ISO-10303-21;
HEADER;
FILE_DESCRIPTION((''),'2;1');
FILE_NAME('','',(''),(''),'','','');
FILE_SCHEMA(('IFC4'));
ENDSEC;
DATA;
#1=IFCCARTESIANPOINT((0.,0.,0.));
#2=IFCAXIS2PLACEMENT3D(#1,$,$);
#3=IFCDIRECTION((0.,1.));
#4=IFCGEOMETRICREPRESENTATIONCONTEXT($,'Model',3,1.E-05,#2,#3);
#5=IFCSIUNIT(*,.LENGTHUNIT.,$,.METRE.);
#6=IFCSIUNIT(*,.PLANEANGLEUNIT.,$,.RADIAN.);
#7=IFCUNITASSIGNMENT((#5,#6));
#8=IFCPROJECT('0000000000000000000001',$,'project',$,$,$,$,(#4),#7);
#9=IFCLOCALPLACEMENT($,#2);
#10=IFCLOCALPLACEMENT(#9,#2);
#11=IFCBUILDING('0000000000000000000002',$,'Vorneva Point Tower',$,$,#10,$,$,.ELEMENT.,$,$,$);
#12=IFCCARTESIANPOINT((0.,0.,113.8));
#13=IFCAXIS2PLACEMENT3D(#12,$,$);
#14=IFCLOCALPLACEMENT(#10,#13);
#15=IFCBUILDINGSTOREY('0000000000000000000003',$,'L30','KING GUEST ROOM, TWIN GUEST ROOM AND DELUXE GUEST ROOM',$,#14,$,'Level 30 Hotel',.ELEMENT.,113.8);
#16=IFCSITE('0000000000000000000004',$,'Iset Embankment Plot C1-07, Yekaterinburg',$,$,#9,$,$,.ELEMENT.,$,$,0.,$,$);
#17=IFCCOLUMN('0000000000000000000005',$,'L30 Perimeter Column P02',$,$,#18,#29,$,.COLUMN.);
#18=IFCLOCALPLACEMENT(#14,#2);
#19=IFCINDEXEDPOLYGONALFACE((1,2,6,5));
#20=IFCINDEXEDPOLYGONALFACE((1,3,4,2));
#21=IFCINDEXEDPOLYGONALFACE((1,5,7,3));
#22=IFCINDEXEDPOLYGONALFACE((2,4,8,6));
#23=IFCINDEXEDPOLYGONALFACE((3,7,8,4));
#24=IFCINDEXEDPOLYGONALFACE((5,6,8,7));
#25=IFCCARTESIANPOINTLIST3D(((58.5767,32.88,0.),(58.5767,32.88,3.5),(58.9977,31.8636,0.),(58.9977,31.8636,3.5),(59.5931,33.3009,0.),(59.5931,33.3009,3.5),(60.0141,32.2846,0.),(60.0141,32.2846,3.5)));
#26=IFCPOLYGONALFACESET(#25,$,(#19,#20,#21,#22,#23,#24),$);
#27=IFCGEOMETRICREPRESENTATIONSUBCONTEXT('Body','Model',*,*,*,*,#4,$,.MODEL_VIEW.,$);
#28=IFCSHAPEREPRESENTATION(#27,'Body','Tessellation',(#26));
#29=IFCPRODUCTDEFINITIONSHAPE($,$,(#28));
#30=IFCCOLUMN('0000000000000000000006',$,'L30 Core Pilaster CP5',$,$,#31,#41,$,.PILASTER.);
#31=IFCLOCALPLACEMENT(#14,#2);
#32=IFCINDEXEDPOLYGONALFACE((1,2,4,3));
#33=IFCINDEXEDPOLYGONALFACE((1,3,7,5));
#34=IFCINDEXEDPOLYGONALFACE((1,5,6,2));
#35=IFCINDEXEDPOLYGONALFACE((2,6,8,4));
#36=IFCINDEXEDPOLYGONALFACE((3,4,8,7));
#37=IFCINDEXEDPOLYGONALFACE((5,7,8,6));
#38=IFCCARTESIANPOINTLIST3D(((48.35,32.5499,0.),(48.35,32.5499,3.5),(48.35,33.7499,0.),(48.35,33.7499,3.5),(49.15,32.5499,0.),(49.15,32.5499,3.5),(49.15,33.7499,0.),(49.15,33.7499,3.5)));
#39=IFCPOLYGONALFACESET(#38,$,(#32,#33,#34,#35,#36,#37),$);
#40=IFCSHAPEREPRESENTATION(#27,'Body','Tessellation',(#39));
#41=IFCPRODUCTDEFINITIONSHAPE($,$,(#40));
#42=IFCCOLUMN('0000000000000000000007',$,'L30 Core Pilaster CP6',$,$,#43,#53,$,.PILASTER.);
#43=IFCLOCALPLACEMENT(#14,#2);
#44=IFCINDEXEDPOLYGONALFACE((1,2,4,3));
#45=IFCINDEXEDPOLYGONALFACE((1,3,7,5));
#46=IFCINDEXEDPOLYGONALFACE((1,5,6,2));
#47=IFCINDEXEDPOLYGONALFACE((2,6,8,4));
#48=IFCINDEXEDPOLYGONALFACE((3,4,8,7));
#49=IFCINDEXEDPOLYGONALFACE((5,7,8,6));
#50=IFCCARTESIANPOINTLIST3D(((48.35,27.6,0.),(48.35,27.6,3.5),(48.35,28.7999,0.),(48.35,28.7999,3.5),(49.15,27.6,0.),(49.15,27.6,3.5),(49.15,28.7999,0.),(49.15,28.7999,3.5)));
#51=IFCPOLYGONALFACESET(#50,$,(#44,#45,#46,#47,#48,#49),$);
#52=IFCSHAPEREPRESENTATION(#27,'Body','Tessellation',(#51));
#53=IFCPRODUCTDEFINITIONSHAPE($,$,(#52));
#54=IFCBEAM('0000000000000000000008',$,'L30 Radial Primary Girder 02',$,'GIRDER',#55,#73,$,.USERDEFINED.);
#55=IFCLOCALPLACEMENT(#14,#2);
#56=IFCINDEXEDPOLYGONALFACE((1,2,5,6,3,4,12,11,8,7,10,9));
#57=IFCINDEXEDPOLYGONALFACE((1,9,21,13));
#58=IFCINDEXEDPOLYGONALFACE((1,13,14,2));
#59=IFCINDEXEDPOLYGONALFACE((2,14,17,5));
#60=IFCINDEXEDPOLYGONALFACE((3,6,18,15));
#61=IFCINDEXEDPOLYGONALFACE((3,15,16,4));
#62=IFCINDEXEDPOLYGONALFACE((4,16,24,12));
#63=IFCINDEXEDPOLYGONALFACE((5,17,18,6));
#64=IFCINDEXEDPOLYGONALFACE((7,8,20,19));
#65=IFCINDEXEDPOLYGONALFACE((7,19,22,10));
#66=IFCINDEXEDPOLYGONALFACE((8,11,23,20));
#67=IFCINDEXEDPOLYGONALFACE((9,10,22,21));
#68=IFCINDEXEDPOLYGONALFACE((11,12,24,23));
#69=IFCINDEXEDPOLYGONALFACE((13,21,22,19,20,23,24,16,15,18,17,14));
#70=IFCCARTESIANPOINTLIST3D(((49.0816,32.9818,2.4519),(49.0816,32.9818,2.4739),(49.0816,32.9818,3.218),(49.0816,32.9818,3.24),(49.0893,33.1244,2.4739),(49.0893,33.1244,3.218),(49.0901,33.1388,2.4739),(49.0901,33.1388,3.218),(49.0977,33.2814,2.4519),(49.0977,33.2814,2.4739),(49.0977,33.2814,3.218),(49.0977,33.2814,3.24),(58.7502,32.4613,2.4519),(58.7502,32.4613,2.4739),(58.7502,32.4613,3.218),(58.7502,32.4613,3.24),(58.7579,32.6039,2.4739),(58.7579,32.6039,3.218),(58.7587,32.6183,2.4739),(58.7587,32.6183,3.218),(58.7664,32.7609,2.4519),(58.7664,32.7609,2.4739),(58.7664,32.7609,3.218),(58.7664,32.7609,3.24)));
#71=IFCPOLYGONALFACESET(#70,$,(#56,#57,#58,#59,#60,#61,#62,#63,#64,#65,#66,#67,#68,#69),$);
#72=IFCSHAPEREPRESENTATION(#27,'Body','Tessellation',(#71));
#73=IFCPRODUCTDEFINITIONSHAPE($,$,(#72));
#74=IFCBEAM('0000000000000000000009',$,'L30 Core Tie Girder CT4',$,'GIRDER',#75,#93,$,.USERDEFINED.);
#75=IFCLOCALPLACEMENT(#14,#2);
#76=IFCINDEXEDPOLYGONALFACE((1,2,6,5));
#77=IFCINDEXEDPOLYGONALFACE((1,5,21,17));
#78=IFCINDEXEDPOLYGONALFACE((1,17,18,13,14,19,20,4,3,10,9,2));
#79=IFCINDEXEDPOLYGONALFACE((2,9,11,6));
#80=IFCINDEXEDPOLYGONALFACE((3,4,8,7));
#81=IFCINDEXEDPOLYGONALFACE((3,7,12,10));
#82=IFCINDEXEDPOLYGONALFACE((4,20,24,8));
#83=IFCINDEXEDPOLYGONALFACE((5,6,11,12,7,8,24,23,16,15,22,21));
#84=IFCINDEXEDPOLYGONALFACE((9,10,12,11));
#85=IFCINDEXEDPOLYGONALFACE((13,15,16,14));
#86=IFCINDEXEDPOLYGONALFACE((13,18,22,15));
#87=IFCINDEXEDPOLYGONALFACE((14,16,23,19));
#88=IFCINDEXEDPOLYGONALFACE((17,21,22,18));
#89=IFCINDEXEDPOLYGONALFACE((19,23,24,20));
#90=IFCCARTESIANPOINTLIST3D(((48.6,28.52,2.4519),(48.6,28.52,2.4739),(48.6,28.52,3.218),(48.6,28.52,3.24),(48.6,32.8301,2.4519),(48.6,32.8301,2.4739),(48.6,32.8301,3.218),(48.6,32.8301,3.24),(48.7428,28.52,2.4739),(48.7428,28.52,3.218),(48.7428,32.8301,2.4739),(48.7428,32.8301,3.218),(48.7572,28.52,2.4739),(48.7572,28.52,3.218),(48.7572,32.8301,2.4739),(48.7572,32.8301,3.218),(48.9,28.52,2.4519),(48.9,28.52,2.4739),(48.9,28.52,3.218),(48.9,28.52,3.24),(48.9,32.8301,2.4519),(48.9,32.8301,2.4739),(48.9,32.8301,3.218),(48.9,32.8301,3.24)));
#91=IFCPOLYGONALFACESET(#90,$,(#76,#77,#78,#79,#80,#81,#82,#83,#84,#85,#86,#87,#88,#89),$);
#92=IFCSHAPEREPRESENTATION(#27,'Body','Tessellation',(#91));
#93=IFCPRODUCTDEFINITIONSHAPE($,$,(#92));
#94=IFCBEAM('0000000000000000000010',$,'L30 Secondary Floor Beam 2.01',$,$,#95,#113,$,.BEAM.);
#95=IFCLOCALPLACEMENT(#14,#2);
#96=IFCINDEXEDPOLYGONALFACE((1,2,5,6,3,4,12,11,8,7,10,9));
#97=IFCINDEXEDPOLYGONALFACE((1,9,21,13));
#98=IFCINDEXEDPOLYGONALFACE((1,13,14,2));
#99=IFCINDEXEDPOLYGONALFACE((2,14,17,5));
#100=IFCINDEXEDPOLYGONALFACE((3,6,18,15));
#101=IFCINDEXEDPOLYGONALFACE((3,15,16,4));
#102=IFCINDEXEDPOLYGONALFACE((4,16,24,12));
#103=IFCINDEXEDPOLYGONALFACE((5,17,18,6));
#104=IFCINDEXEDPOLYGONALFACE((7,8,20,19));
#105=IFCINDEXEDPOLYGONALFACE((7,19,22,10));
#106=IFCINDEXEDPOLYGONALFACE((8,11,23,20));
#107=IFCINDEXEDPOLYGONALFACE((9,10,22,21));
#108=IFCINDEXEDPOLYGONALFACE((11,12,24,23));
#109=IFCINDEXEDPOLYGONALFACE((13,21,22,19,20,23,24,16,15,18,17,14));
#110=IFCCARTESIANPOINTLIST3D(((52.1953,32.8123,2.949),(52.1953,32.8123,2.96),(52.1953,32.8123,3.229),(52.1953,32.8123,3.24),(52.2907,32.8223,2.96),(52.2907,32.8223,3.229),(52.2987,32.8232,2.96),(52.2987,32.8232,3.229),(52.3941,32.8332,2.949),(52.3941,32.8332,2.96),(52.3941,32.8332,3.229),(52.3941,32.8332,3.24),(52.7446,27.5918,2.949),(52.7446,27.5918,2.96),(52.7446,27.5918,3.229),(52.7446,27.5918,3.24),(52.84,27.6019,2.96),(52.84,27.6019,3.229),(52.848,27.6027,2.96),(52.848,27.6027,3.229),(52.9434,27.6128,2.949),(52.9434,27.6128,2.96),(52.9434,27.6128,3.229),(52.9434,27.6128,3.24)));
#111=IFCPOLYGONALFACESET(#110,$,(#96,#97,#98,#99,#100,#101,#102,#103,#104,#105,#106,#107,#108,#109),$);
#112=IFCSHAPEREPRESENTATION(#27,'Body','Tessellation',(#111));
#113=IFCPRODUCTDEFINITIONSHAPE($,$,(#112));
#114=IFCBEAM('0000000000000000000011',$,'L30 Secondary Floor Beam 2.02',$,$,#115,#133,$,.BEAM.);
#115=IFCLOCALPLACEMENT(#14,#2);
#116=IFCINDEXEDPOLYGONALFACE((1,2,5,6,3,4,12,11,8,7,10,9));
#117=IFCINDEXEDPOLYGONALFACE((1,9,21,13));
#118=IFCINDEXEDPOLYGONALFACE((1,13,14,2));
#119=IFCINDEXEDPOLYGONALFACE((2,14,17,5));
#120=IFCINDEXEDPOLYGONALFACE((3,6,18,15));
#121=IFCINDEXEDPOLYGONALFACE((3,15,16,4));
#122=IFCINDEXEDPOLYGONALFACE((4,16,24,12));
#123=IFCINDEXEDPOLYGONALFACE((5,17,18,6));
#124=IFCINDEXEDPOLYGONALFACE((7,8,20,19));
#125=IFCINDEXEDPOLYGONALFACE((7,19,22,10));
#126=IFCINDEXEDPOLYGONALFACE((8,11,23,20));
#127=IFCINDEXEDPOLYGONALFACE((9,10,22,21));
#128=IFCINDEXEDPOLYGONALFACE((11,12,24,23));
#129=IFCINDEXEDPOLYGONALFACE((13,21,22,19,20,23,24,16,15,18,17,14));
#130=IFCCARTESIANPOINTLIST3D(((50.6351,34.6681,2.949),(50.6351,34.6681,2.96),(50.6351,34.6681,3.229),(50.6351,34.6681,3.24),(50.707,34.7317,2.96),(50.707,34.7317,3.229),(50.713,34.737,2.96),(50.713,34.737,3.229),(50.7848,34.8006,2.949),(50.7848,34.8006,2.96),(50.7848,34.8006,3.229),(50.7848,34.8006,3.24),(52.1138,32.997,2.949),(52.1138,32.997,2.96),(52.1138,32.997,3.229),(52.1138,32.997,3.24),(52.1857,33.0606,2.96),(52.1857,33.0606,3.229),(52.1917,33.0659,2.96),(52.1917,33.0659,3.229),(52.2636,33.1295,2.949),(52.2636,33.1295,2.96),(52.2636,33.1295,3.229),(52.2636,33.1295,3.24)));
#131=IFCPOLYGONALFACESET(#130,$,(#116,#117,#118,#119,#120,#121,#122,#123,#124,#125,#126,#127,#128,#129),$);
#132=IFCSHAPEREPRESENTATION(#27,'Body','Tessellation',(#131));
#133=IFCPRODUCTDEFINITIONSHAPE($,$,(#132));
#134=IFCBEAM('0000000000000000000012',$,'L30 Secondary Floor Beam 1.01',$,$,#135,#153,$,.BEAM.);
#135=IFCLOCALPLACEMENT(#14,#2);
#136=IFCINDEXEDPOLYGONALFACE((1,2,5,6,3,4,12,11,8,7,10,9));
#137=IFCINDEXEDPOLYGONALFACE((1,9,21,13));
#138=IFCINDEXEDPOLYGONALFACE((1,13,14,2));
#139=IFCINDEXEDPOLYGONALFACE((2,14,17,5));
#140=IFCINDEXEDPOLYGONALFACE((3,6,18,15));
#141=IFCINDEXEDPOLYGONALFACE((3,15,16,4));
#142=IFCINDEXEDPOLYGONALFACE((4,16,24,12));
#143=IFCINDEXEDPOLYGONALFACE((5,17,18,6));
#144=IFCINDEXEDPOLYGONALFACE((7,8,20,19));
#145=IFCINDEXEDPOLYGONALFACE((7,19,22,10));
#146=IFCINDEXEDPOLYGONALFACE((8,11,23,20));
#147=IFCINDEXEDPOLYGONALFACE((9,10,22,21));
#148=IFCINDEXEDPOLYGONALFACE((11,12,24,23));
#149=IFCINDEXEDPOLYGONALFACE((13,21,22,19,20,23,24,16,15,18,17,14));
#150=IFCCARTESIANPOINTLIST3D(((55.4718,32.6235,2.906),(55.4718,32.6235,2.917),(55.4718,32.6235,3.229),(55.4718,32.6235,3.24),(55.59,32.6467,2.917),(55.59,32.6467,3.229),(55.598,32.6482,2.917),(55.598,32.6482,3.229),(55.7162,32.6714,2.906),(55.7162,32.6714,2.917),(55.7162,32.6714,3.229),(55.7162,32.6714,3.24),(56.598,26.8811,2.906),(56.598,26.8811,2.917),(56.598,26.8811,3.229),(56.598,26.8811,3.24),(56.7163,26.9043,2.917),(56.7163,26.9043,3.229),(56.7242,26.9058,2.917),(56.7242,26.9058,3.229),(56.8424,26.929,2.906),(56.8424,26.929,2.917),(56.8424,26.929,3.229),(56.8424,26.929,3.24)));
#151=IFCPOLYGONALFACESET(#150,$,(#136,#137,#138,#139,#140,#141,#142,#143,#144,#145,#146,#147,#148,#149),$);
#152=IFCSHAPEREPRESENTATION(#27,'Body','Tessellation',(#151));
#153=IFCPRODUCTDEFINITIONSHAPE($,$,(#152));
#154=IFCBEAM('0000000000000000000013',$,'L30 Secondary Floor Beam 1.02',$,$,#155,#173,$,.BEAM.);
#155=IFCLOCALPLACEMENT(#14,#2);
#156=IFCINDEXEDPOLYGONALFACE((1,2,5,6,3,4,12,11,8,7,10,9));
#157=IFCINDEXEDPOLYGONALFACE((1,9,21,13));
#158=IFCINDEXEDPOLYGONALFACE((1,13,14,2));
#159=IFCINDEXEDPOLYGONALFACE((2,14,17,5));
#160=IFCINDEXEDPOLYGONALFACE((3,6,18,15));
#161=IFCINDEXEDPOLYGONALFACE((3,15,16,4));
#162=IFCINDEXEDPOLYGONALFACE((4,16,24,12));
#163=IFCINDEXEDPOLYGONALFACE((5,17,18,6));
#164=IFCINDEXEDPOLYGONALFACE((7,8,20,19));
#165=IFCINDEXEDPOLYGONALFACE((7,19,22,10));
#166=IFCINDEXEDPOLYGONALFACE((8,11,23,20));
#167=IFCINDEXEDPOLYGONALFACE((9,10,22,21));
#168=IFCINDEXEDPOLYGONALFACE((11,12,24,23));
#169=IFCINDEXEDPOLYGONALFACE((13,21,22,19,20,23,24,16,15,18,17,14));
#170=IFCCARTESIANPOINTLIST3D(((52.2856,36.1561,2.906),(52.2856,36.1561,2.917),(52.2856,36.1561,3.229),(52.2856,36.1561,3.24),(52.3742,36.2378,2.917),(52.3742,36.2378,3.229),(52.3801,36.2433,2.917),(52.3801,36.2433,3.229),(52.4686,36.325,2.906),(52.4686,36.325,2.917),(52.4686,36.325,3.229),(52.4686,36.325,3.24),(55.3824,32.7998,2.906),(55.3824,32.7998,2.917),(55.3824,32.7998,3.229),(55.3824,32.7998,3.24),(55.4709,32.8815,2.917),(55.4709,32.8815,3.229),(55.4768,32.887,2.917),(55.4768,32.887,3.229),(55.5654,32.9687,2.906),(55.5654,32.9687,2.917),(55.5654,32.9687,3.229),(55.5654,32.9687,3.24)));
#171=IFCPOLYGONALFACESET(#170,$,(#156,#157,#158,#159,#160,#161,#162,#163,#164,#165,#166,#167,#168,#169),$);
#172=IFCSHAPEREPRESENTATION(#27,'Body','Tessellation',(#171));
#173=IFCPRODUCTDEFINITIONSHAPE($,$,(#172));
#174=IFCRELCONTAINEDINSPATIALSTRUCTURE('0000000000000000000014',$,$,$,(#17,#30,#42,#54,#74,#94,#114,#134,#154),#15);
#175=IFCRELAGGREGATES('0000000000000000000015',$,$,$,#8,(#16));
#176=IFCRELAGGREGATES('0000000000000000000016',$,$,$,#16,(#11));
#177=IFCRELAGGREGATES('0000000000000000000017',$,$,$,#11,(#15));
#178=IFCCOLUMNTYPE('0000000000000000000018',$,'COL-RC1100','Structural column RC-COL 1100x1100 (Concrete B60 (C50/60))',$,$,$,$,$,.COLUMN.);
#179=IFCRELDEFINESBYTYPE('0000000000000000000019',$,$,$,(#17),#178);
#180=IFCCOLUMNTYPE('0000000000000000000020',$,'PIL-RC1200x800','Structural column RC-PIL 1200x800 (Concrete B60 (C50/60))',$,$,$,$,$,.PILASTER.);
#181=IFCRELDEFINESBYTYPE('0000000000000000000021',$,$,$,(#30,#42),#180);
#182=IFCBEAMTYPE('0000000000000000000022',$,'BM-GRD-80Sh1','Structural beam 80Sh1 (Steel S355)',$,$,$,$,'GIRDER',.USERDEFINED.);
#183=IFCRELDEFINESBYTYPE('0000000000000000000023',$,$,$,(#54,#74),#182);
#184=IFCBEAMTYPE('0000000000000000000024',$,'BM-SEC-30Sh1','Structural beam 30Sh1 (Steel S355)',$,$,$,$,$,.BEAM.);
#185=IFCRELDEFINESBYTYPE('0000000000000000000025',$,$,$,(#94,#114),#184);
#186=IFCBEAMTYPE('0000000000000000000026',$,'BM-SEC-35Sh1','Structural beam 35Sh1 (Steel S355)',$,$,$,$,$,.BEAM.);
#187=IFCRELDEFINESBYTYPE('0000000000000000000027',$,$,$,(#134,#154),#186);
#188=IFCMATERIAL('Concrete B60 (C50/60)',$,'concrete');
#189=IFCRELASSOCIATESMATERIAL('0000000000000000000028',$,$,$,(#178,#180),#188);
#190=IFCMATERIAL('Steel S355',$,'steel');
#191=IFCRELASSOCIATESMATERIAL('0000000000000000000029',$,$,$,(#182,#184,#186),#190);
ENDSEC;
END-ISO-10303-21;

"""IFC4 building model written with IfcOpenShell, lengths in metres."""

from ifc_helpers import new_model, si_unit, direction, frame, origin, origin_2d, place, context, subcontext, project, spatial, rectangle, i_section, extrude, material, material_profile, profile_set, type_object, element, save


model = new_model("IFC4")

# Units and contexts
model_context = context("Model", 3, precision=1e-05, world=origin(), true_north=direction((0.0, 1.0)))
body_context = subcontext(model_context, "Body", "Model", "MODEL_VIEW")
ifc_project = project(units=[si_unit("LENGTHUNIT", "METRE"), si_unit("PLANEANGLEUNIT", "RADIAN")], contexts=[model_context])

# Site, building, storey
site_placement = place(None, origin())
site = spatial("IfcSite", under=ifc_project, at=site_placement, Name="Iset Embankment Plot C1-07, Yekaterinburg", CompositionType="ELEMENT", RefElevation=0.0)
building_placement = place(site_placement, origin())
building = spatial("IfcBuilding", under=site, at=building_placement, Name="Vorneva Point Tower", CompositionType="ELEMENT")
storey_placement = place(building_placement, frame((0.0, 0.0, 113.8)))
storey = spatial("IfcBuildingStorey", under=building, at=storey_placement, Name="L30", Description="KING GUEST ROOM, TWIN GUEST ROOM AND DELUXE GUEST ROOM", LongName="Level 30 Hotel", CompositionType="ELEMENT", Elevation=113.8)

# Columns
ifc_material_1 = material(Name="Concrete B60 (C50/60)", Category="concrete")
ifc_material_profile_1 = material_profile(ifc_material_1, rectangle(XDim=1.1001, YDim=1.1001, at=origin_2d()), Name="RC-COL 1100x1100")
ifc_profile_set_1 = profile_set([ifc_material_profile_1], Name="Concrete B60 (C50/60)")
column_type_1 = type_object("IfcColumnType", Name="COL-RC1100", Description="Structural column RC-COL 1100x1100 (Concrete B60 (C50/60))", PredefinedType="COLUMN", material=ifc_profile_set_1)
column_placement = place(storey_placement, frame((59.2954, 32.5823, 0.0), z_axis=(0.0, 0.0, 1.0), x_axis=(0.92388, 0.382683, 0.0)))
element("IfcColumn", 1, at=column_placement, inside=storey, type_object=column_type_1, Name="L30 Perimeter Column P02", PredefinedType="COLUMN", context=body_context, shape_type="SweptSolid", body=[
    extrude(rectangle(XDim=1.1001, YDim=1.1001, at=origin_2d()), origin(), (0.0, 0.0, 1.0), 3.5),
])
ifc_material_profile_2 = material_profile(ifc_material_1, rectangle(XDim=0.8, YDim=1.2, at=origin_2d()), Name="RC-PIL 1200x800")
ifc_profile_set_2 = profile_set([ifc_material_profile_2], Name="Concrete B60 (C50/60)")
column_type_2 = type_object("IfcColumnType", Name="PIL-RC1200x800", Description="Structural column RC-PIL 1200x800 (Concrete B60 (C50/60))", PredefinedType="PILASTER", material=ifc_profile_set_2)
for number, where, z_axis, x_axis, name in (
    (2, (48.75, 33.1499, 0.0), (0.0, 0.0, 1.0), (1.0, 0.0, 0.0), "L30 Core Pilaster CP5"),
    (3, (48.75, 28.2, 0.0), (0.0, 0.0, 1.0), (1.0, 0.0, 0.0), "L30 Core Pilaster CP6"),
):
    element("IfcColumn", number, at=place(storey_placement, frame(where, z_axis=z_axis, x_axis=x_axis)), inside=storey, type_object=column_type_2, Name=name, PredefinedType="PILASTER", context=body_context, shape_type="SweptSolid", body=[
        extrude(rectangle(XDim=0.8, YDim=1.2, at=origin_2d()), origin(), (0.0, 0.0, 1.0), 3.5),
    ])

# Beams
ifc_material_2 = material(Name="Steel S355", Category="steel")
ifc_material_profile_3 = material_profile(ifc_material_2, i_section(OverallWidth=0.3, OverallDepth=0.7881, WebThickness=0.0144, FlangeThickness=0.022, at=origin_2d()), Name="80Sh1")
ifc_profile_set_3 = profile_set([ifc_material_profile_3], Name="Steel S355")
beam_type_1 = type_object("IfcBeamType", Name="BM-GRD-80Sh1", Description="Structural beam 80Sh1 (Steel S355)", ElementType="GIRDER", PredefinedType="USERDEFINED", material=ifc_profile_set_3)
beam_1_placement = place(storey_placement, frame((58.7583, 32.6111, 2.8459), z_axis=(-0.998554, 0.053756, 0.0), x_axis=(-0.053756, -0.998554, 0.0)))
element("IfcBeam", 4, at=beam_1_placement, inside=storey, type_object=beam_type_1, Name="L30 Radial Primary Girder 02", ObjectType="GIRDER", PredefinedType="USERDEFINED", context=body_context, shape_type="SweptSolid", body=[
    extrude(i_section(OverallWidth=0.3, OverallDepth=0.7881, WebThickness=0.0144, FlangeThickness=0.022, at=origin_2d()), origin(), (0.0, 0.0, 1.0), 9.6826),
])
beam_2_placement = place(storey_placement, frame((48.75, 28.52, 2.8459), z_axis=(0.0, 1.0, 0.0), x_axis=(-1.0, 0.0, 0.0)))
element("IfcBeam", 5, at=beam_2_placement, inside=storey, type_object=beam_type_1, Name="L30 Core Tie Girder CT4", ObjectType="GIRDER", PredefinedType="USERDEFINED", context=body_context, shape_type="SweptSolid", body=[
    extrude(i_section(OverallWidth=0.3, OverallDepth=0.7881, WebThickness=0.0144, FlangeThickness=0.022, at=origin_2d()), origin(), (0.0, 0.0, 1.0), 4.3101),
])
ifc_material_profile_4 = material_profile(ifc_material_2, i_section(OverallWidth=0.2, OverallDepth=0.291, WebThickness=0.0081, FlangeThickness=0.011, at=origin_2d()), Name="30Sh1")
ifc_profile_set_4 = profile_set([ifc_material_profile_4], Name="Steel S355")
beam_type_2 = type_object("IfcBeamType", Name="BM-SEC-30Sh1", Description="Structural beam 30Sh1 (Steel S355)", PredefinedType="BEAM", material=ifc_profile_set_4)
beam_3_placement = place(storey_placement, frame((52.844, 27.6023, 3.0945), z_axis=(-0.104646, 0.99451, 0.0), x_axis=(-0.99451, -0.104646, 0.0)))
element("IfcBeam", 6, at=beam_3_placement, inside=storey, type_object=beam_type_2, Name="L30 Secondary Floor Beam 2.01", PredefinedType="BEAM", context=body_context, shape_type="SweptSolid", body=[
    extrude(i_section(OverallWidth=0.2, OverallDepth=0.291, WebThickness=0.0081, FlangeThickness=0.011, at=origin_2d()), origin(), (0.0, 0.0, 1.0), 5.2493),
])
beam_4_placement = place(storey_placement, frame((52.1887, 33.0632, 3.0945), z_axis=(-0.662685, 0.748898, 0.0), x_axis=(-0.748898, -0.662685, 0.0)))
element("IfcBeam", 7, at=beam_4_placement, inside=storey, type_object=beam_type_2, Name="L30 Secondary Floor Beam 2.02", PredefinedType="BEAM", context=body_context, shape_type="SweptSolid", body=[
    extrude(i_section(OverallWidth=0.2, OverallDepth=0.291, WebThickness=0.0081, FlangeThickness=0.011, at=origin_2d()), origin(), (0.0, 0.0, 1.0), 2.2314),
])
ifc_material_profile_5 = material_profile(ifc_material_2, i_section(OverallWidth=0.249, OverallDepth=0.334, WebThickness=0.0081, FlangeThickness=0.011, at=origin_2d()), Name="35Sh1")
ifc_profile_set_5 = profile_set([ifc_material_profile_5], Name="Steel S355")
beam_type_3 = type_object("IfcBeamType", Name="BM-SEC-35Sh1", Description="Structural beam 35Sh1 (Steel S355)", PredefinedType="BEAM", material=ifc_profile_set_5)
beam_5_placement = place(storey_placement, frame((56.7202, 26.905, 3.073), z_axis=(-0.192456, 0.981306, 0.0), x_axis=(-0.981306, -0.192456, 0.0)))
element("IfcBeam", 8, at=beam_5_placement, inside=storey, type_object=beam_type_3, Name="L30 Secondary Floor Beam 1.01", PredefinedType="BEAM", context=body_context, shape_type="SweptSolid", body=[
    extrude(i_section(OverallWidth=0.249, OverallDepth=0.334, WebThickness=0.0081, FlangeThickness=0.011, at=origin_2d()), origin(), (0.0, 0.0, 1.0), 5.8518),
])
beam_6_placement = place(storey_placement, frame((55.4739, 32.8843, 3.073), z_axis=(-0.67812, 0.734951, 0.0), x_axis=(-0.734951, -0.67812, 0.0)))
element("IfcBeam", 9, at=beam_6_placement, inside=storey, type_object=beam_type_3, Name="L30 Secondary Floor Beam 1.02", PredefinedType="BEAM", context=body_context, shape_type="SweptSolid", body=[
    extrude(i_section(OverallWidth=0.249, OverallDepth=0.334, WebThickness=0.0081, FlangeThickness=0.011, at=origin_2d()), origin(), (0.0, 0.0, 1.0), 4.5667),
])

save(model, "model.ifc")
